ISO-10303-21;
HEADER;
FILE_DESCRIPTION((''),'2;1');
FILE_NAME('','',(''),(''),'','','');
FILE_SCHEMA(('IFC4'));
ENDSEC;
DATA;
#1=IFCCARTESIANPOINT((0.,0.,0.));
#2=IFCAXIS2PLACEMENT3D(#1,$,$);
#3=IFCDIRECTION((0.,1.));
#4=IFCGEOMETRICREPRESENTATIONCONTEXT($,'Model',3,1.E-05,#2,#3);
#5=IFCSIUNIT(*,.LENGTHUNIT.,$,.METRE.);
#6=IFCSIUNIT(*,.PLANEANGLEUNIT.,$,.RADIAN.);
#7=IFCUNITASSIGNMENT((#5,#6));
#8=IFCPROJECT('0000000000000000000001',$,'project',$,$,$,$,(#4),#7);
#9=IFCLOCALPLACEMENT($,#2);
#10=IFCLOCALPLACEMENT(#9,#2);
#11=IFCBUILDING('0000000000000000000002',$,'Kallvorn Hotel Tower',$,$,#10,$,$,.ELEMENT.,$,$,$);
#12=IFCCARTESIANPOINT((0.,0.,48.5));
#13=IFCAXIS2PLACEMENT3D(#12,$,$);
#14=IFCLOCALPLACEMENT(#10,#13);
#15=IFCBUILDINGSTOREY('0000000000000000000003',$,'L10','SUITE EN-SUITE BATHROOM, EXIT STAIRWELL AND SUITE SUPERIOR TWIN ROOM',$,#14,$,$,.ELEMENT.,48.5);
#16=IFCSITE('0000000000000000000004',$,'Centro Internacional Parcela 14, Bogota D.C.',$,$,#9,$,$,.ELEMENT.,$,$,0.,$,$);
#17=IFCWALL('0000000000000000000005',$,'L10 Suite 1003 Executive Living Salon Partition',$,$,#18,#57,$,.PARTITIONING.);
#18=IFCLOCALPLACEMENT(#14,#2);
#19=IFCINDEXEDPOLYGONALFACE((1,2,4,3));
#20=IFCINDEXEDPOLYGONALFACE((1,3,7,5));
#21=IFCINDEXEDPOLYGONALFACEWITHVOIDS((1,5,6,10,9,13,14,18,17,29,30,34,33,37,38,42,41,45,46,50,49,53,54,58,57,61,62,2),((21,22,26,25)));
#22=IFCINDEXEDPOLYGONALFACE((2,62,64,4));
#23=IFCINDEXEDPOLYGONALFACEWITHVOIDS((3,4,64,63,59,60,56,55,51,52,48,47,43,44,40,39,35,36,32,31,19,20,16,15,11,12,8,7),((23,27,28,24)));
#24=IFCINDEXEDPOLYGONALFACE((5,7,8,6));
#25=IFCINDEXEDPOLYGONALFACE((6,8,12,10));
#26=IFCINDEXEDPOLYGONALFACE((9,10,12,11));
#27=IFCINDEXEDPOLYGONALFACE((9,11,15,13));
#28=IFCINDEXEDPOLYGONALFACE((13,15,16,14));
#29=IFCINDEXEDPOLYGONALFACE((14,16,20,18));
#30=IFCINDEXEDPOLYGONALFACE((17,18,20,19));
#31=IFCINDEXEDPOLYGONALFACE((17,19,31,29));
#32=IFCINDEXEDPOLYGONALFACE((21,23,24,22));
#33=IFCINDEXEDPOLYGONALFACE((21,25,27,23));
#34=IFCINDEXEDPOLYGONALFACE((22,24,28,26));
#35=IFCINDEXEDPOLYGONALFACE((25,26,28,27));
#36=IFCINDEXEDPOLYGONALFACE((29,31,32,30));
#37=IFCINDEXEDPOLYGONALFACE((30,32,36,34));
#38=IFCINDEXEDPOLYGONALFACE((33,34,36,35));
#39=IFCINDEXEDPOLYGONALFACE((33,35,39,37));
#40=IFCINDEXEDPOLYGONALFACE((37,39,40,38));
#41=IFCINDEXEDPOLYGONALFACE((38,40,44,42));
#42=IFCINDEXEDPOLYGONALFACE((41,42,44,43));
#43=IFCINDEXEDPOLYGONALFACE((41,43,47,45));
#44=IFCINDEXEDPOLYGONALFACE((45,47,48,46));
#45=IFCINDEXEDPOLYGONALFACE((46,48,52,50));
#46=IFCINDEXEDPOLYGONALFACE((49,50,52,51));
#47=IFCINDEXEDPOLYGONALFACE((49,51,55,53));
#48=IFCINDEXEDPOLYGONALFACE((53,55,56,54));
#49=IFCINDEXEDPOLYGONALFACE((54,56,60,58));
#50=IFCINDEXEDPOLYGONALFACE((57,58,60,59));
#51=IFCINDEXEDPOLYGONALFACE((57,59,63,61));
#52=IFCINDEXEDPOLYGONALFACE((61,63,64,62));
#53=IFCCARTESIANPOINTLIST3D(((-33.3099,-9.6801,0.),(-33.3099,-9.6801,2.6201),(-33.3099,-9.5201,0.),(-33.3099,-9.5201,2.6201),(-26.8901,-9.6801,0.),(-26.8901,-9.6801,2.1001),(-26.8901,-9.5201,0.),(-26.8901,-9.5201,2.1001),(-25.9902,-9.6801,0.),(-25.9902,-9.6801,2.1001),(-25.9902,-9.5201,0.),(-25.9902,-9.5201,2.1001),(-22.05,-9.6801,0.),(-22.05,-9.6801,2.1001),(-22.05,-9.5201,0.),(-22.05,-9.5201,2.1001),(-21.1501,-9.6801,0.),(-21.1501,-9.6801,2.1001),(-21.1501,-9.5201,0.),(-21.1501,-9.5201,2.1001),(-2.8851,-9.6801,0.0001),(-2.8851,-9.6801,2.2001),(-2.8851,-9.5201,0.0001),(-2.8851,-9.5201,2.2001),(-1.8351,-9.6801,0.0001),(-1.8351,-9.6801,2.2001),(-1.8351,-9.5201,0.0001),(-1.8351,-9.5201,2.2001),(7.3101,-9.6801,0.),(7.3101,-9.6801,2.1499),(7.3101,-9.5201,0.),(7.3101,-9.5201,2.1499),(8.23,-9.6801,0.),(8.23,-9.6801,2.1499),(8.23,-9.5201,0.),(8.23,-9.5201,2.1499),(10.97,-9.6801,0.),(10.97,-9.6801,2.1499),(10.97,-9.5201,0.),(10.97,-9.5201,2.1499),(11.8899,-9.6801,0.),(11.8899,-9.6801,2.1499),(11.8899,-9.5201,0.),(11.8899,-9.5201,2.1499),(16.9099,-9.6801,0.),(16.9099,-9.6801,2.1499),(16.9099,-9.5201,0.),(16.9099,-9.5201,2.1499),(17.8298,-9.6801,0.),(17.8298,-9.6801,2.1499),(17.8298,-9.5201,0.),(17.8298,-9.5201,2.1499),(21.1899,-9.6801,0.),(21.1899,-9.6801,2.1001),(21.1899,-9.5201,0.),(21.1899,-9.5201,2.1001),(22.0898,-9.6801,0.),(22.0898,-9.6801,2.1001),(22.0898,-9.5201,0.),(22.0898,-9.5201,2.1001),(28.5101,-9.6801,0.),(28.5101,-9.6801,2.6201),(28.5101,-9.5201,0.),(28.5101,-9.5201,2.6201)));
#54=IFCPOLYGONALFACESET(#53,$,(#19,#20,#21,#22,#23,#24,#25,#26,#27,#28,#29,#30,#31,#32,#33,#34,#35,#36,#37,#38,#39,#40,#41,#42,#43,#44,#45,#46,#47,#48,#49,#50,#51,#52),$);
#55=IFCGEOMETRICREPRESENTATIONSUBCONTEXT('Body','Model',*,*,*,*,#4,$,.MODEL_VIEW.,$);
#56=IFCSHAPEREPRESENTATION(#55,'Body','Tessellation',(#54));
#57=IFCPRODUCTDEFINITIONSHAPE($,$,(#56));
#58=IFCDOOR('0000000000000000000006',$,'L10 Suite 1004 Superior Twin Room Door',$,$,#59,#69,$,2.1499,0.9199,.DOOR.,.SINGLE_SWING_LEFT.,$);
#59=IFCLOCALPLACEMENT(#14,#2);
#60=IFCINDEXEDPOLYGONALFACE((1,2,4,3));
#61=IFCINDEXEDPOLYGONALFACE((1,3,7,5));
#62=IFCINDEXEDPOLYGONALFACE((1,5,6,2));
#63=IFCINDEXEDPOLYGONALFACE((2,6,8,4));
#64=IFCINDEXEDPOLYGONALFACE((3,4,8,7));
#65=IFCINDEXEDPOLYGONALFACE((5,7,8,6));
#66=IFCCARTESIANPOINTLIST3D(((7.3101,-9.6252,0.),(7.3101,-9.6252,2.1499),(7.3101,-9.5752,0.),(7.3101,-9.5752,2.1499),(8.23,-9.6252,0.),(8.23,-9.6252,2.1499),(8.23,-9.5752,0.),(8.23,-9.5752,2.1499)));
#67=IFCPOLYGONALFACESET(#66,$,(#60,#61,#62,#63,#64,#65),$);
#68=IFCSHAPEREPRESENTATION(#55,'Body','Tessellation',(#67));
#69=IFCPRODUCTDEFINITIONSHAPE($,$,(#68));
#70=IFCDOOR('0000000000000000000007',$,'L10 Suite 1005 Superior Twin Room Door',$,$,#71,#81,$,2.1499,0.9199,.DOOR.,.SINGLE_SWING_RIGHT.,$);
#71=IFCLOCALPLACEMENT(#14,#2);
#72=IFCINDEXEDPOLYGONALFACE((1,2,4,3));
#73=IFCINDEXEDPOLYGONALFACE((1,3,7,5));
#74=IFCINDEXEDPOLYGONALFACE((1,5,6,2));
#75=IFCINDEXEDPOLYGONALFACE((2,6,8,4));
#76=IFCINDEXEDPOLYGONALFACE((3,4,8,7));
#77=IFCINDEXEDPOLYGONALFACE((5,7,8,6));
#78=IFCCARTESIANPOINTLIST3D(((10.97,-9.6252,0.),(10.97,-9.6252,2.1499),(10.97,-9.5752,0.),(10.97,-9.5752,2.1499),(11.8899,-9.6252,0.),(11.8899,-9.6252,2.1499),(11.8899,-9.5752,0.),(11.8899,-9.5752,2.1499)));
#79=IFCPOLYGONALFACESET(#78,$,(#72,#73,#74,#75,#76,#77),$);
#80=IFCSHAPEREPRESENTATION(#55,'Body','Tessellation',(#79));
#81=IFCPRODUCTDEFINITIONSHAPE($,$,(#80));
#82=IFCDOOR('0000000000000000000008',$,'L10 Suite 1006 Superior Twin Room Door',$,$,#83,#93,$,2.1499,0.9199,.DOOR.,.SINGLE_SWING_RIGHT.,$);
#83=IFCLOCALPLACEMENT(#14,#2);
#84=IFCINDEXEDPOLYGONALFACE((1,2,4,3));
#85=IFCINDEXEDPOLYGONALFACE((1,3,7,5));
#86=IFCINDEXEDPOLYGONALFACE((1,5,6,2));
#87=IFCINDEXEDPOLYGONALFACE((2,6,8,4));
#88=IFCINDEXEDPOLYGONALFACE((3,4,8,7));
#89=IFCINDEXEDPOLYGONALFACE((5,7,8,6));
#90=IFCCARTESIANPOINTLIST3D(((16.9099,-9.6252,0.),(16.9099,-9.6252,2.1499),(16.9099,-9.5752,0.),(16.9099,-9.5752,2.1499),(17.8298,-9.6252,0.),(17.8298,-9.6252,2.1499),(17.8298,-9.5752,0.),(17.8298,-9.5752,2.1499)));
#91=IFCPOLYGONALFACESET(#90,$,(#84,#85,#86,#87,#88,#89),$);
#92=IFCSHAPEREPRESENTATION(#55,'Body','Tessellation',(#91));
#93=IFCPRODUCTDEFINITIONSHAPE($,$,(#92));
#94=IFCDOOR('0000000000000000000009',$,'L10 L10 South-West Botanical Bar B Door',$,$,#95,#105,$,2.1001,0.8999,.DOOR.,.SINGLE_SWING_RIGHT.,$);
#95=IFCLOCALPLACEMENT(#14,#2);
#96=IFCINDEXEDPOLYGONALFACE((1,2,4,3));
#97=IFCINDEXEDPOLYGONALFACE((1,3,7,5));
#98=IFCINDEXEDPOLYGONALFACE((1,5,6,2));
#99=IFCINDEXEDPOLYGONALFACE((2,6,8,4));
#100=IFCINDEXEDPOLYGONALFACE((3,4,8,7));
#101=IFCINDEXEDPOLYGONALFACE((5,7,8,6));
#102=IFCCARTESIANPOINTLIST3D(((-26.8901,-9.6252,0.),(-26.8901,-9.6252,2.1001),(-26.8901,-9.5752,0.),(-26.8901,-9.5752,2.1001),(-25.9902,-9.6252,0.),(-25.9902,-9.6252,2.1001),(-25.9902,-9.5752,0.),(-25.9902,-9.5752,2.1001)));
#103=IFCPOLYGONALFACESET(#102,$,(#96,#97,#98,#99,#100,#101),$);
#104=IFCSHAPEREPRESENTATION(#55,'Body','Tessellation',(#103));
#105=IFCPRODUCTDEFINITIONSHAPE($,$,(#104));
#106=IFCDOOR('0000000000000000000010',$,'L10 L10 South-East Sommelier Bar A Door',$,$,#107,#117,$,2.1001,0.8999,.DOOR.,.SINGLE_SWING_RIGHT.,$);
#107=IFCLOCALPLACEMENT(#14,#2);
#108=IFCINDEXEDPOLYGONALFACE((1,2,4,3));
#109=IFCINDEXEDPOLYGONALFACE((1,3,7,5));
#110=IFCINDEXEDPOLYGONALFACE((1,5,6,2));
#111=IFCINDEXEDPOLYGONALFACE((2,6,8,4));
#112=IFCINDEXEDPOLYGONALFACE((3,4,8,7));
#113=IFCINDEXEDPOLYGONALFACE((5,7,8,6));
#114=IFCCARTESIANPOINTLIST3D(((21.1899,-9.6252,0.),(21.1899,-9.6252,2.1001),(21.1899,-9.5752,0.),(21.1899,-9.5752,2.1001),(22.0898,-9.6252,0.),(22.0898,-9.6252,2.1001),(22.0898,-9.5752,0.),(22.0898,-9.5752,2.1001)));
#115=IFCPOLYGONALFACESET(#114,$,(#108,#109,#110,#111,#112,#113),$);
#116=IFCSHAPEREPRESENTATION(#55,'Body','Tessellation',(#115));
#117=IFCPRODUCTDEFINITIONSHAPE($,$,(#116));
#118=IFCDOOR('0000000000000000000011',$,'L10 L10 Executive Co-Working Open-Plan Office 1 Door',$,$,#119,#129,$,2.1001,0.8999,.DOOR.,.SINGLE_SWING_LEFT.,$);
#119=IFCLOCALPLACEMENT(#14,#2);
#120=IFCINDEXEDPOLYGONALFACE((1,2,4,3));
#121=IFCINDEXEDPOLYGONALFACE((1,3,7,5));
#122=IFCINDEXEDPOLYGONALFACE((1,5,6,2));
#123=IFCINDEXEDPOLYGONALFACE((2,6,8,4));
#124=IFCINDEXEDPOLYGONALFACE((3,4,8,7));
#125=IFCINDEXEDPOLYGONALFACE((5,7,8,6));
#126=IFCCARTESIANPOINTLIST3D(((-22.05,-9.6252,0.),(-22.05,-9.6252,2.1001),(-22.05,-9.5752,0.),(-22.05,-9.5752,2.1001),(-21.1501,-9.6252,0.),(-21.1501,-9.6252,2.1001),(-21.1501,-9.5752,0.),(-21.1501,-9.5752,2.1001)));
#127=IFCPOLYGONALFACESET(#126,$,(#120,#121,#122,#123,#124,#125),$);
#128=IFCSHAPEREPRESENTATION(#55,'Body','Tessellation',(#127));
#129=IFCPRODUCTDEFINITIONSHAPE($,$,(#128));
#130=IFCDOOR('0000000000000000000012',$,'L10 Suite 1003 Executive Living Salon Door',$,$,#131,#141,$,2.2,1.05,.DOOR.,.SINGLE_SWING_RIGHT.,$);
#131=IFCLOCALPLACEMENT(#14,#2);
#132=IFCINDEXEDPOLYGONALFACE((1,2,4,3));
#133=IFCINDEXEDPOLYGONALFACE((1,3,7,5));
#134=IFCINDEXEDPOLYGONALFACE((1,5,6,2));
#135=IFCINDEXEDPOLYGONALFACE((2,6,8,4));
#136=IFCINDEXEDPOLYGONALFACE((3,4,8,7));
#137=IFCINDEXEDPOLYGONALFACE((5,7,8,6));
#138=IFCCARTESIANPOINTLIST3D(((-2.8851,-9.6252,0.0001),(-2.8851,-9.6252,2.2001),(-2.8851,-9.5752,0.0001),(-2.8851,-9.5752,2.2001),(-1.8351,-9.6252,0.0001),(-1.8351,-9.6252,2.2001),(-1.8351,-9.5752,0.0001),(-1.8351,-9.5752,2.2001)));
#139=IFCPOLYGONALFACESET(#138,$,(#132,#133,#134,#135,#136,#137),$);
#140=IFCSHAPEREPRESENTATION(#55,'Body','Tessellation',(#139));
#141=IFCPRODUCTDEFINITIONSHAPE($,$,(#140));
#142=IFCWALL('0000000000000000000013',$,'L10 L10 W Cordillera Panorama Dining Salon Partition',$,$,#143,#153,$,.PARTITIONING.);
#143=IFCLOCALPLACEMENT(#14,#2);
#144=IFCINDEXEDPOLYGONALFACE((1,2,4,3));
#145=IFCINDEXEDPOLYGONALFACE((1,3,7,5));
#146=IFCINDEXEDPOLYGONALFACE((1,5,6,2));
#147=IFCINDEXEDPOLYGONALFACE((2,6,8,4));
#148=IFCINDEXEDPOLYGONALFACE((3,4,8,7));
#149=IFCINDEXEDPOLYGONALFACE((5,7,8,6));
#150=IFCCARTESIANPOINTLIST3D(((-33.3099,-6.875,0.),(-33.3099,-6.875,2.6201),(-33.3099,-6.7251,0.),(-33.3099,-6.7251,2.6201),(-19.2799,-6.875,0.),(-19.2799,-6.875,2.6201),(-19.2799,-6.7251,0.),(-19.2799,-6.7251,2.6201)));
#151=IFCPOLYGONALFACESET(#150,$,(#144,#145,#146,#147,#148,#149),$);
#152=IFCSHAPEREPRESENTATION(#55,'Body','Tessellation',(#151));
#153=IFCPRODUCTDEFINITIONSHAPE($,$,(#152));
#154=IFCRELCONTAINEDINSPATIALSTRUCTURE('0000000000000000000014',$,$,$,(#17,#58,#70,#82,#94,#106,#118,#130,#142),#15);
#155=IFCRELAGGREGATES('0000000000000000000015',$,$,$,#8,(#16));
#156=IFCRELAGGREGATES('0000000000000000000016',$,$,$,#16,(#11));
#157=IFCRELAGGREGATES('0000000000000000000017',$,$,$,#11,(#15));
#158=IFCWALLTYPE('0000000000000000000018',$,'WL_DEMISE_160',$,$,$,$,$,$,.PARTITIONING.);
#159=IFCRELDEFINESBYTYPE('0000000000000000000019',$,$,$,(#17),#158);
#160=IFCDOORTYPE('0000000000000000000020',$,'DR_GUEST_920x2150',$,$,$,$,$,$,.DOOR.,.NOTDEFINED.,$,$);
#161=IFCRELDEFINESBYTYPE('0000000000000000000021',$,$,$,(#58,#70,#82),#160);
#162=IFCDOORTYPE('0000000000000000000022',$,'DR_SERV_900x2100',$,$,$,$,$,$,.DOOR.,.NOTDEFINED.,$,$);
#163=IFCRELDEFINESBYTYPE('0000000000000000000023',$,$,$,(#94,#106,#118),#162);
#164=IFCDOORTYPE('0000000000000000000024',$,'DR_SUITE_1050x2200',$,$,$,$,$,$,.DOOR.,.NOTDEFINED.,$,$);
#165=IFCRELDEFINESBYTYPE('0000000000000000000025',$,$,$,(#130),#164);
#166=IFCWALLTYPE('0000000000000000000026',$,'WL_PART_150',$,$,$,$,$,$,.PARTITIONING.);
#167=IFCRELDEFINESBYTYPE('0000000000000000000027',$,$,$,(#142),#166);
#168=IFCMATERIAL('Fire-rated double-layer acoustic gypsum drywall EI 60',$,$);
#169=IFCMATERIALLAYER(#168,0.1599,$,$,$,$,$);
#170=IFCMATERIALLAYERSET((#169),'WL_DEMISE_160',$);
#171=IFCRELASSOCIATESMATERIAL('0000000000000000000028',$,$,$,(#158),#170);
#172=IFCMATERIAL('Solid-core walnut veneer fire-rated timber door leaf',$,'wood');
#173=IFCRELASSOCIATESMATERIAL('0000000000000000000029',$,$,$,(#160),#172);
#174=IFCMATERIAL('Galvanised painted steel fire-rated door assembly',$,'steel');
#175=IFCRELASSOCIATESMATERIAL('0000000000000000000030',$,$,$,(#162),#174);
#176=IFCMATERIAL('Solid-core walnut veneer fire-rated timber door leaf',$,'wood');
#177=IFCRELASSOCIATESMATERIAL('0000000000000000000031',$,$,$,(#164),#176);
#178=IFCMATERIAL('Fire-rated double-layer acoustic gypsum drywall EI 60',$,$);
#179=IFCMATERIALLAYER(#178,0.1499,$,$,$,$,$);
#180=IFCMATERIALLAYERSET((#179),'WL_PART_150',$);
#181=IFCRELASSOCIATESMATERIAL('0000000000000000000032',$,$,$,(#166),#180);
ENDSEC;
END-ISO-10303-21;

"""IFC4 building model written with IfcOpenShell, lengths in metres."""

from ifc_helpers import new_model, si_unit, direction, frame, frame_2d, origin, place, context, subcontext, project, spatial, rectangle, extrude, material, layer, layer_set, type_object, element, fill, save


model = new_model("IFC4")

# Units and contexts
model_context = context("Model", 3, precision=1e-05, world=origin(), true_north=direction((0.0, 1.0)))
body_context = subcontext(model_context, "Body", "Model", "MODEL_VIEW")
ifc_project = project(units=[si_unit("LENGTHUNIT", "METRE"), si_unit("PLANEANGLEUNIT", "RADIAN")], contexts=[model_context])

# Site, building, storey
site_placement = place(None, origin())
site = spatial("IfcSite", under=ifc_project, at=site_placement, Name="Centro Internacional Parcela 14, Bogota D.C.", CompositionType="ELEMENT", RefElevation=0.0)
building_placement = place(site_placement, origin())
building = spatial("IfcBuilding", under=site, at=building_placement, Name="Kallvorn Hotel Tower", CompositionType="ELEMENT")
storey_placement = place(building_placement, frame((0.0, 0.0, 48.5)))
storey = spatial("IfcBuildingStorey", under=building, at=storey_placement, Name="L10", Description="SUITE EN-SUITE BATHROOM, EXIT STAIRWELL AND SUITE SUPERIOR TWIN ROOM", CompositionType="ELEMENT", Elevation=48.5)

# Wall, openings, doors
ifc_material_1 = material(Name="Fire-rated double-layer acoustic gypsum drywall EI 60")
ifc_layer_1 = layer(ifc_material_1, 0.1599)
ifc_layer_set_1 = layer_set([ifc_layer_1], Name="WL_DEMISE_160")
wall_type_1 = type_object("IfcWallType", Name="WL_DEMISE_160", PredefinedType="PARTITIONING", material=ifc_layer_set_1)
wall_1_placement = place(storey_placement, frame((-33.3101, -9.6001, 0.0), z_axis=(0.0, 0.0, 1.0), x_axis=(1.0, 0.0, 0.0)))
wall_1 = element("IfcWall", 1, at=wall_1_placement, inside=storey, type_object=wall_type_1, Name="L10 Suite 1003 Executive Living Salon Partition", PredefinedType="PARTITIONING", context=body_context, shape_type="SweptSolid", body=[
    extrude(rectangle(XDim=61.8201, YDim=0.1599, at=frame_2d((30.9102, 0.0))), origin(), (0.0, 0.0, 1.0), 2.6201),
])
opening_1_placement = place(wall_1_placement, frame((6.4199, 0.0, 0.0)))
opening_1 = element("IfcOpeningElement", 2, at=opening_1_placement, cuts=wall_1, PredefinedType="OPENING", context=body_context, shape_type="SweptSolid", body=[
    extrude(rectangle(XDim=0.8999, YDim=2.1001, at=frame_2d((0.45, 1.05))), frame((0.0, 0.095, 0.0), z_axis=(0.0, -1.0, 0.0), x_axis=(1.0, 0.0, 0.0)), (0.0, 0.0, 1.0), 0.1899),
])
opening_2_placement = place(wall_1_placement, frame((54.5, 0.0, 0.0)))
opening_2 = element("IfcOpeningElement", 3, at=opening_2_placement, cuts=wall_1, PredefinedType="OPENING", context=body_context, shape_type="SweptSolid", body=[
    extrude(rectangle(XDim=0.8999, YDim=2.1001, at=frame_2d((0.45, 1.05))), frame((0.0, 0.095, 0.0), z_axis=(0.0, -1.0, 0.0), x_axis=(1.0, 0.0, 0.0)), (0.0, 0.0, 1.0), 0.1899),
])
opening_3_placement = place(wall_1_placement, frame((11.26, 0.0, 0.0)))
opening_3 = element("IfcOpeningElement", 4, at=opening_3_placement, cuts=wall_1, PredefinedType="OPENING", context=body_context, shape_type="SweptSolid", body=[
    extrude(rectangle(XDim=0.8999, YDim=2.1001, at=frame_2d((0.45, 1.05))), frame((0.0, 0.095, 0.0), z_axis=(0.0, -1.0, 0.0), x_axis=(1.0, 0.0, 0.0)), (0.0, 0.0, 1.0), 0.1899),
])
opening_4_placement = place(wall_1_placement, frame((30.425, 0.0, 0.0)))
opening_4 = element("IfcOpeningElement", 5, at=opening_4_placement, cuts=wall_1, PredefinedType="OPENING", context=body_context, shape_type="SweptSolid", body=[
    extrude(rectangle(XDim=1.05, YDim=2.2, at=frame_2d((0.5249, 1.1001))), frame((0.0, 0.095, 0.0), z_axis=(0.0, -1.0, 0.0), x_axis=(1.0, 0.0, 0.0)), (0.0, 0.0, 1.0), 0.1899),
])
opening_5_placement = place(wall_1_placement, frame((40.6201, 0.0, 0.0)))
opening_5 = element("IfcOpeningElement", 6, at=opening_5_placement, cuts=wall_1, PredefinedType="OPENING", context=body_context, shape_type="SweptSolid", body=[
    extrude(rectangle(XDim=0.9199, YDim=2.1499, at=frame_2d((0.46, 1.075))), frame((0.0, 0.095, 0.0), z_axis=(0.0, -1.0, 0.0), x_axis=(1.0, 0.0, 0.0)), (0.0, 0.0, 1.0), 0.1899),
])
opening_6_placement = place(wall_1_placement, frame((44.28, 0.0, 0.0)))
opening_6 = element("IfcOpeningElement", 7, at=opening_6_placement, cuts=wall_1, PredefinedType="OPENING", context=body_context, shape_type="SweptSolid", body=[
    extrude(rectangle(XDim=0.9199, YDim=2.1499, at=frame_2d((0.46, 1.075))), frame((0.0, 0.095, 0.0), z_axis=(0.0, -1.0, 0.0), x_axis=(1.0, 0.0, 0.0)), (0.0, 0.0, 1.0), 0.1899),
])
opening_7_placement = place(wall_1_placement, frame((50.22, 0.0, 0.0)))
opening_7 = element("IfcOpeningElement", 8, at=opening_7_placement, cuts=wall_1, PredefinedType="OPENING", context=body_context, shape_type="SweptSolid", body=[
    extrude(rectangle(XDim=0.9199, YDim=2.1499, at=frame_2d((0.46, 1.075))), frame((0.0, 0.095, 0.0), z_axis=(0.0, -1.0, 0.0), x_axis=(1.0, 0.0, 0.0)), (0.0, 0.0, 1.0), 0.1899),
])
ifc_material_2 = material(Name="Solid-core walnut veneer fire-rated timber door leaf", Category="wood")
door_type_1 = type_object("IfcDoorType", Name="DR_GUEST_920x2150", OperationType="NOTDEFINED", PredefinedType="DOOR", material=ifc_material_2)
door_1_placement = place(opening_5_placement, origin())
door_1 = element("IfcDoor", 9, at=door_1_placement, inside=storey, type_object=door_type_1, Name="L10 Suite 1004 Superior Twin Room Door", OperationType="SINGLE_SWING_LEFT", OverallHeight=2.1499, OverallWidth=0.9199, PredefinedType="DOOR", context=body_context, shape_type="SweptSolid", body=[
    extrude(rectangle(XDim=0.9199, YDim=2.1499, at=frame_2d((0.46, 1.075))), frame((0.0, 0.0249, 0.0), z_axis=(0.0, -1.0, 0.0), x_axis=(1.0, 0.0, 0.0)), (0.0, 0.0, 1.0), 0.05),
])
fill(opening_5, door_1)
door_2_placement = place(opening_6_placement, origin())
door_2 = element("IfcDoor", 10, at=door_2_placement, inside=storey, type_object=door_type_1, Name="L10 Suite 1005 Superior Twin Room Door", OperationType="SINGLE_SWING_RIGHT", OverallHeight=2.1499, OverallWidth=0.9199, PredefinedType="DOOR", context=body_context, shape_type="SweptSolid", body=[
    extrude(rectangle(XDim=0.9199, YDim=2.1499, at=frame_2d((0.46, 1.075))), frame((0.0, 0.0249, 0.0), z_axis=(0.0, -1.0, 0.0), x_axis=(1.0, 0.0, 0.0)), (0.0, 0.0, 1.0), 0.05),
])
fill(opening_6, door_2)
door_3_placement = place(opening_7_placement, origin())
door_3 = element("IfcDoor", 11, at=door_3_placement, inside=storey, type_object=door_type_1, Name="L10 Suite 1006 Superior Twin Room Door", OperationType="SINGLE_SWING_RIGHT", OverallHeight=2.1499, OverallWidth=0.9199, PredefinedType="DOOR", context=body_context, shape_type="SweptSolid", body=[
    extrude(rectangle(XDim=0.9199, YDim=2.1499, at=frame_2d((0.46, 1.075))), frame((0.0, 0.0249, 0.0), z_axis=(0.0, -1.0, 0.0), x_axis=(1.0, 0.0, 0.0)), (0.0, 0.0, 1.0), 0.05),
])
fill(opening_7, door_3)
ifc_material_3 = material(Name="Galvanised painted steel fire-rated door assembly", Category="steel")
door_type_2 = type_object("IfcDoorType", Name="DR_SERV_900x2100", OperationType="NOTDEFINED", PredefinedType="DOOR", material=ifc_material_3)
door_4_placement = place(opening_1_placement, origin())
door_4 = element("IfcDoor", 12, at=door_4_placement, inside=storey, type_object=door_type_2, Name="L10 L10 South-West Botanical Bar B Door", OperationType="SINGLE_SWING_RIGHT", OverallHeight=2.1001, OverallWidth=0.8999, PredefinedType="DOOR", context=body_context, shape_type="SweptSolid", body=[
    extrude(rectangle(XDim=0.8999, YDim=2.1001, at=frame_2d((0.45, 1.05))), frame((0.0, 0.0249, 0.0), z_axis=(0.0, -1.0, 0.0), x_axis=(1.0, 0.0, 0.0)), (0.0, 0.0, 1.0), 0.05),
])
fill(opening_1, door_4)
door_5_placement = place(opening_2_placement, origin())
door_5 = element("IfcDoor", 13, at=door_5_placement, inside=storey, type_object=door_type_2, Name="L10 L10 South-East Sommelier Bar A Door", OperationType="SINGLE_SWING_RIGHT", OverallHeight=2.1001, OverallWidth=0.8999, PredefinedType="DOOR", context=body_context, shape_type="SweptSolid", body=[
    extrude(rectangle(XDim=0.8999, YDim=2.1001, at=frame_2d((0.45, 1.05))), frame((0.0, 0.0249, 0.0), z_axis=(0.0, -1.0, 0.0), x_axis=(1.0, 0.0, 0.0)), (0.0, 0.0, 1.0), 0.05),
])
fill(opening_2, door_5)
door_6_placement = place(opening_3_placement, origin())
door_6 = element("IfcDoor", 14, at=door_6_placement, inside=storey, type_object=door_type_2, Name="L10 L10 Executive Co-Working Open-Plan Office 1 Door", OperationType="SINGLE_SWING_LEFT", OverallHeight=2.1001, OverallWidth=0.8999, PredefinedType="DOOR", context=body_context, shape_type="SweptSolid", body=[
    extrude(rectangle(XDim=0.8999, YDim=2.1001, at=frame_2d((0.45, 1.05))), frame((0.0, 0.0249, 0.0), z_axis=(0.0, -1.0, 0.0), x_axis=(1.0, 0.0, 0.0)), (0.0, 0.0, 1.0), 0.05),
])
fill(opening_3, door_6)
ifc_material_4 = material(Name="Solid-core walnut veneer fire-rated timber door leaf", Category="wood")
door_type_3 = type_object("IfcDoorType", Name="DR_SUITE_1050x2200", OperationType="NOTDEFINED", PredefinedType="DOOR", material=ifc_material_4)
door_7_placement = place(opening_4_placement, origin())
door_7 = element("IfcDoor", 15, at=door_7_placement, inside=storey, type_object=door_type_3, Name="L10 Suite 1003 Executive Living Salon Door", OperationType="SINGLE_SWING_RIGHT", OverallHeight=2.2, OverallWidth=1.05, PredefinedType="DOOR", context=body_context, shape_type="SweptSolid", body=[
    extrude(rectangle(XDim=1.05, YDim=2.2, at=frame_2d((0.5249, 1.1001))), frame((0.0, 0.0249, 0.0), z_axis=(0.0, -1.0, 0.0), x_axis=(1.0, 0.0, 0.0)), (0.0, 0.0, 1.0), 0.05),
])
fill(opening_4, door_7)

# Wall
ifc_material_5 = material(Name="Fire-rated double-layer acoustic gypsum drywall EI 60")
ifc_layer_2 = layer(ifc_material_5, 0.1499)
ifc_layer_set_2 = layer_set([ifc_layer_2], Name="WL_PART_150")
wall_type_2 = type_object("IfcWallType", Name="WL_PART_150", PredefinedType="PARTITIONING", material=ifc_layer_set_2)
wall_2_placement = place(storey_placement, frame((-33.3101, -6.8, 0.0), z_axis=(0.0, 0.0, 1.0), x_axis=(1.0, 0.0, 0.0)))
element("IfcWall", 16, at=wall_2_placement, inside=storey, type_object=wall_type_2, Name="L10 L10 W Cordillera Panorama Dining Salon Partition", PredefinedType="PARTITIONING", context=body_context, shape_type="SweptSolid", body=[
    extrude(rectangle(XDim=14.03, YDim=0.1499, at=frame_2d((7.0151, 0.0))), origin(), (0.0, 0.0, 1.0), 2.6201),
])

save(model, "model.ifc")
